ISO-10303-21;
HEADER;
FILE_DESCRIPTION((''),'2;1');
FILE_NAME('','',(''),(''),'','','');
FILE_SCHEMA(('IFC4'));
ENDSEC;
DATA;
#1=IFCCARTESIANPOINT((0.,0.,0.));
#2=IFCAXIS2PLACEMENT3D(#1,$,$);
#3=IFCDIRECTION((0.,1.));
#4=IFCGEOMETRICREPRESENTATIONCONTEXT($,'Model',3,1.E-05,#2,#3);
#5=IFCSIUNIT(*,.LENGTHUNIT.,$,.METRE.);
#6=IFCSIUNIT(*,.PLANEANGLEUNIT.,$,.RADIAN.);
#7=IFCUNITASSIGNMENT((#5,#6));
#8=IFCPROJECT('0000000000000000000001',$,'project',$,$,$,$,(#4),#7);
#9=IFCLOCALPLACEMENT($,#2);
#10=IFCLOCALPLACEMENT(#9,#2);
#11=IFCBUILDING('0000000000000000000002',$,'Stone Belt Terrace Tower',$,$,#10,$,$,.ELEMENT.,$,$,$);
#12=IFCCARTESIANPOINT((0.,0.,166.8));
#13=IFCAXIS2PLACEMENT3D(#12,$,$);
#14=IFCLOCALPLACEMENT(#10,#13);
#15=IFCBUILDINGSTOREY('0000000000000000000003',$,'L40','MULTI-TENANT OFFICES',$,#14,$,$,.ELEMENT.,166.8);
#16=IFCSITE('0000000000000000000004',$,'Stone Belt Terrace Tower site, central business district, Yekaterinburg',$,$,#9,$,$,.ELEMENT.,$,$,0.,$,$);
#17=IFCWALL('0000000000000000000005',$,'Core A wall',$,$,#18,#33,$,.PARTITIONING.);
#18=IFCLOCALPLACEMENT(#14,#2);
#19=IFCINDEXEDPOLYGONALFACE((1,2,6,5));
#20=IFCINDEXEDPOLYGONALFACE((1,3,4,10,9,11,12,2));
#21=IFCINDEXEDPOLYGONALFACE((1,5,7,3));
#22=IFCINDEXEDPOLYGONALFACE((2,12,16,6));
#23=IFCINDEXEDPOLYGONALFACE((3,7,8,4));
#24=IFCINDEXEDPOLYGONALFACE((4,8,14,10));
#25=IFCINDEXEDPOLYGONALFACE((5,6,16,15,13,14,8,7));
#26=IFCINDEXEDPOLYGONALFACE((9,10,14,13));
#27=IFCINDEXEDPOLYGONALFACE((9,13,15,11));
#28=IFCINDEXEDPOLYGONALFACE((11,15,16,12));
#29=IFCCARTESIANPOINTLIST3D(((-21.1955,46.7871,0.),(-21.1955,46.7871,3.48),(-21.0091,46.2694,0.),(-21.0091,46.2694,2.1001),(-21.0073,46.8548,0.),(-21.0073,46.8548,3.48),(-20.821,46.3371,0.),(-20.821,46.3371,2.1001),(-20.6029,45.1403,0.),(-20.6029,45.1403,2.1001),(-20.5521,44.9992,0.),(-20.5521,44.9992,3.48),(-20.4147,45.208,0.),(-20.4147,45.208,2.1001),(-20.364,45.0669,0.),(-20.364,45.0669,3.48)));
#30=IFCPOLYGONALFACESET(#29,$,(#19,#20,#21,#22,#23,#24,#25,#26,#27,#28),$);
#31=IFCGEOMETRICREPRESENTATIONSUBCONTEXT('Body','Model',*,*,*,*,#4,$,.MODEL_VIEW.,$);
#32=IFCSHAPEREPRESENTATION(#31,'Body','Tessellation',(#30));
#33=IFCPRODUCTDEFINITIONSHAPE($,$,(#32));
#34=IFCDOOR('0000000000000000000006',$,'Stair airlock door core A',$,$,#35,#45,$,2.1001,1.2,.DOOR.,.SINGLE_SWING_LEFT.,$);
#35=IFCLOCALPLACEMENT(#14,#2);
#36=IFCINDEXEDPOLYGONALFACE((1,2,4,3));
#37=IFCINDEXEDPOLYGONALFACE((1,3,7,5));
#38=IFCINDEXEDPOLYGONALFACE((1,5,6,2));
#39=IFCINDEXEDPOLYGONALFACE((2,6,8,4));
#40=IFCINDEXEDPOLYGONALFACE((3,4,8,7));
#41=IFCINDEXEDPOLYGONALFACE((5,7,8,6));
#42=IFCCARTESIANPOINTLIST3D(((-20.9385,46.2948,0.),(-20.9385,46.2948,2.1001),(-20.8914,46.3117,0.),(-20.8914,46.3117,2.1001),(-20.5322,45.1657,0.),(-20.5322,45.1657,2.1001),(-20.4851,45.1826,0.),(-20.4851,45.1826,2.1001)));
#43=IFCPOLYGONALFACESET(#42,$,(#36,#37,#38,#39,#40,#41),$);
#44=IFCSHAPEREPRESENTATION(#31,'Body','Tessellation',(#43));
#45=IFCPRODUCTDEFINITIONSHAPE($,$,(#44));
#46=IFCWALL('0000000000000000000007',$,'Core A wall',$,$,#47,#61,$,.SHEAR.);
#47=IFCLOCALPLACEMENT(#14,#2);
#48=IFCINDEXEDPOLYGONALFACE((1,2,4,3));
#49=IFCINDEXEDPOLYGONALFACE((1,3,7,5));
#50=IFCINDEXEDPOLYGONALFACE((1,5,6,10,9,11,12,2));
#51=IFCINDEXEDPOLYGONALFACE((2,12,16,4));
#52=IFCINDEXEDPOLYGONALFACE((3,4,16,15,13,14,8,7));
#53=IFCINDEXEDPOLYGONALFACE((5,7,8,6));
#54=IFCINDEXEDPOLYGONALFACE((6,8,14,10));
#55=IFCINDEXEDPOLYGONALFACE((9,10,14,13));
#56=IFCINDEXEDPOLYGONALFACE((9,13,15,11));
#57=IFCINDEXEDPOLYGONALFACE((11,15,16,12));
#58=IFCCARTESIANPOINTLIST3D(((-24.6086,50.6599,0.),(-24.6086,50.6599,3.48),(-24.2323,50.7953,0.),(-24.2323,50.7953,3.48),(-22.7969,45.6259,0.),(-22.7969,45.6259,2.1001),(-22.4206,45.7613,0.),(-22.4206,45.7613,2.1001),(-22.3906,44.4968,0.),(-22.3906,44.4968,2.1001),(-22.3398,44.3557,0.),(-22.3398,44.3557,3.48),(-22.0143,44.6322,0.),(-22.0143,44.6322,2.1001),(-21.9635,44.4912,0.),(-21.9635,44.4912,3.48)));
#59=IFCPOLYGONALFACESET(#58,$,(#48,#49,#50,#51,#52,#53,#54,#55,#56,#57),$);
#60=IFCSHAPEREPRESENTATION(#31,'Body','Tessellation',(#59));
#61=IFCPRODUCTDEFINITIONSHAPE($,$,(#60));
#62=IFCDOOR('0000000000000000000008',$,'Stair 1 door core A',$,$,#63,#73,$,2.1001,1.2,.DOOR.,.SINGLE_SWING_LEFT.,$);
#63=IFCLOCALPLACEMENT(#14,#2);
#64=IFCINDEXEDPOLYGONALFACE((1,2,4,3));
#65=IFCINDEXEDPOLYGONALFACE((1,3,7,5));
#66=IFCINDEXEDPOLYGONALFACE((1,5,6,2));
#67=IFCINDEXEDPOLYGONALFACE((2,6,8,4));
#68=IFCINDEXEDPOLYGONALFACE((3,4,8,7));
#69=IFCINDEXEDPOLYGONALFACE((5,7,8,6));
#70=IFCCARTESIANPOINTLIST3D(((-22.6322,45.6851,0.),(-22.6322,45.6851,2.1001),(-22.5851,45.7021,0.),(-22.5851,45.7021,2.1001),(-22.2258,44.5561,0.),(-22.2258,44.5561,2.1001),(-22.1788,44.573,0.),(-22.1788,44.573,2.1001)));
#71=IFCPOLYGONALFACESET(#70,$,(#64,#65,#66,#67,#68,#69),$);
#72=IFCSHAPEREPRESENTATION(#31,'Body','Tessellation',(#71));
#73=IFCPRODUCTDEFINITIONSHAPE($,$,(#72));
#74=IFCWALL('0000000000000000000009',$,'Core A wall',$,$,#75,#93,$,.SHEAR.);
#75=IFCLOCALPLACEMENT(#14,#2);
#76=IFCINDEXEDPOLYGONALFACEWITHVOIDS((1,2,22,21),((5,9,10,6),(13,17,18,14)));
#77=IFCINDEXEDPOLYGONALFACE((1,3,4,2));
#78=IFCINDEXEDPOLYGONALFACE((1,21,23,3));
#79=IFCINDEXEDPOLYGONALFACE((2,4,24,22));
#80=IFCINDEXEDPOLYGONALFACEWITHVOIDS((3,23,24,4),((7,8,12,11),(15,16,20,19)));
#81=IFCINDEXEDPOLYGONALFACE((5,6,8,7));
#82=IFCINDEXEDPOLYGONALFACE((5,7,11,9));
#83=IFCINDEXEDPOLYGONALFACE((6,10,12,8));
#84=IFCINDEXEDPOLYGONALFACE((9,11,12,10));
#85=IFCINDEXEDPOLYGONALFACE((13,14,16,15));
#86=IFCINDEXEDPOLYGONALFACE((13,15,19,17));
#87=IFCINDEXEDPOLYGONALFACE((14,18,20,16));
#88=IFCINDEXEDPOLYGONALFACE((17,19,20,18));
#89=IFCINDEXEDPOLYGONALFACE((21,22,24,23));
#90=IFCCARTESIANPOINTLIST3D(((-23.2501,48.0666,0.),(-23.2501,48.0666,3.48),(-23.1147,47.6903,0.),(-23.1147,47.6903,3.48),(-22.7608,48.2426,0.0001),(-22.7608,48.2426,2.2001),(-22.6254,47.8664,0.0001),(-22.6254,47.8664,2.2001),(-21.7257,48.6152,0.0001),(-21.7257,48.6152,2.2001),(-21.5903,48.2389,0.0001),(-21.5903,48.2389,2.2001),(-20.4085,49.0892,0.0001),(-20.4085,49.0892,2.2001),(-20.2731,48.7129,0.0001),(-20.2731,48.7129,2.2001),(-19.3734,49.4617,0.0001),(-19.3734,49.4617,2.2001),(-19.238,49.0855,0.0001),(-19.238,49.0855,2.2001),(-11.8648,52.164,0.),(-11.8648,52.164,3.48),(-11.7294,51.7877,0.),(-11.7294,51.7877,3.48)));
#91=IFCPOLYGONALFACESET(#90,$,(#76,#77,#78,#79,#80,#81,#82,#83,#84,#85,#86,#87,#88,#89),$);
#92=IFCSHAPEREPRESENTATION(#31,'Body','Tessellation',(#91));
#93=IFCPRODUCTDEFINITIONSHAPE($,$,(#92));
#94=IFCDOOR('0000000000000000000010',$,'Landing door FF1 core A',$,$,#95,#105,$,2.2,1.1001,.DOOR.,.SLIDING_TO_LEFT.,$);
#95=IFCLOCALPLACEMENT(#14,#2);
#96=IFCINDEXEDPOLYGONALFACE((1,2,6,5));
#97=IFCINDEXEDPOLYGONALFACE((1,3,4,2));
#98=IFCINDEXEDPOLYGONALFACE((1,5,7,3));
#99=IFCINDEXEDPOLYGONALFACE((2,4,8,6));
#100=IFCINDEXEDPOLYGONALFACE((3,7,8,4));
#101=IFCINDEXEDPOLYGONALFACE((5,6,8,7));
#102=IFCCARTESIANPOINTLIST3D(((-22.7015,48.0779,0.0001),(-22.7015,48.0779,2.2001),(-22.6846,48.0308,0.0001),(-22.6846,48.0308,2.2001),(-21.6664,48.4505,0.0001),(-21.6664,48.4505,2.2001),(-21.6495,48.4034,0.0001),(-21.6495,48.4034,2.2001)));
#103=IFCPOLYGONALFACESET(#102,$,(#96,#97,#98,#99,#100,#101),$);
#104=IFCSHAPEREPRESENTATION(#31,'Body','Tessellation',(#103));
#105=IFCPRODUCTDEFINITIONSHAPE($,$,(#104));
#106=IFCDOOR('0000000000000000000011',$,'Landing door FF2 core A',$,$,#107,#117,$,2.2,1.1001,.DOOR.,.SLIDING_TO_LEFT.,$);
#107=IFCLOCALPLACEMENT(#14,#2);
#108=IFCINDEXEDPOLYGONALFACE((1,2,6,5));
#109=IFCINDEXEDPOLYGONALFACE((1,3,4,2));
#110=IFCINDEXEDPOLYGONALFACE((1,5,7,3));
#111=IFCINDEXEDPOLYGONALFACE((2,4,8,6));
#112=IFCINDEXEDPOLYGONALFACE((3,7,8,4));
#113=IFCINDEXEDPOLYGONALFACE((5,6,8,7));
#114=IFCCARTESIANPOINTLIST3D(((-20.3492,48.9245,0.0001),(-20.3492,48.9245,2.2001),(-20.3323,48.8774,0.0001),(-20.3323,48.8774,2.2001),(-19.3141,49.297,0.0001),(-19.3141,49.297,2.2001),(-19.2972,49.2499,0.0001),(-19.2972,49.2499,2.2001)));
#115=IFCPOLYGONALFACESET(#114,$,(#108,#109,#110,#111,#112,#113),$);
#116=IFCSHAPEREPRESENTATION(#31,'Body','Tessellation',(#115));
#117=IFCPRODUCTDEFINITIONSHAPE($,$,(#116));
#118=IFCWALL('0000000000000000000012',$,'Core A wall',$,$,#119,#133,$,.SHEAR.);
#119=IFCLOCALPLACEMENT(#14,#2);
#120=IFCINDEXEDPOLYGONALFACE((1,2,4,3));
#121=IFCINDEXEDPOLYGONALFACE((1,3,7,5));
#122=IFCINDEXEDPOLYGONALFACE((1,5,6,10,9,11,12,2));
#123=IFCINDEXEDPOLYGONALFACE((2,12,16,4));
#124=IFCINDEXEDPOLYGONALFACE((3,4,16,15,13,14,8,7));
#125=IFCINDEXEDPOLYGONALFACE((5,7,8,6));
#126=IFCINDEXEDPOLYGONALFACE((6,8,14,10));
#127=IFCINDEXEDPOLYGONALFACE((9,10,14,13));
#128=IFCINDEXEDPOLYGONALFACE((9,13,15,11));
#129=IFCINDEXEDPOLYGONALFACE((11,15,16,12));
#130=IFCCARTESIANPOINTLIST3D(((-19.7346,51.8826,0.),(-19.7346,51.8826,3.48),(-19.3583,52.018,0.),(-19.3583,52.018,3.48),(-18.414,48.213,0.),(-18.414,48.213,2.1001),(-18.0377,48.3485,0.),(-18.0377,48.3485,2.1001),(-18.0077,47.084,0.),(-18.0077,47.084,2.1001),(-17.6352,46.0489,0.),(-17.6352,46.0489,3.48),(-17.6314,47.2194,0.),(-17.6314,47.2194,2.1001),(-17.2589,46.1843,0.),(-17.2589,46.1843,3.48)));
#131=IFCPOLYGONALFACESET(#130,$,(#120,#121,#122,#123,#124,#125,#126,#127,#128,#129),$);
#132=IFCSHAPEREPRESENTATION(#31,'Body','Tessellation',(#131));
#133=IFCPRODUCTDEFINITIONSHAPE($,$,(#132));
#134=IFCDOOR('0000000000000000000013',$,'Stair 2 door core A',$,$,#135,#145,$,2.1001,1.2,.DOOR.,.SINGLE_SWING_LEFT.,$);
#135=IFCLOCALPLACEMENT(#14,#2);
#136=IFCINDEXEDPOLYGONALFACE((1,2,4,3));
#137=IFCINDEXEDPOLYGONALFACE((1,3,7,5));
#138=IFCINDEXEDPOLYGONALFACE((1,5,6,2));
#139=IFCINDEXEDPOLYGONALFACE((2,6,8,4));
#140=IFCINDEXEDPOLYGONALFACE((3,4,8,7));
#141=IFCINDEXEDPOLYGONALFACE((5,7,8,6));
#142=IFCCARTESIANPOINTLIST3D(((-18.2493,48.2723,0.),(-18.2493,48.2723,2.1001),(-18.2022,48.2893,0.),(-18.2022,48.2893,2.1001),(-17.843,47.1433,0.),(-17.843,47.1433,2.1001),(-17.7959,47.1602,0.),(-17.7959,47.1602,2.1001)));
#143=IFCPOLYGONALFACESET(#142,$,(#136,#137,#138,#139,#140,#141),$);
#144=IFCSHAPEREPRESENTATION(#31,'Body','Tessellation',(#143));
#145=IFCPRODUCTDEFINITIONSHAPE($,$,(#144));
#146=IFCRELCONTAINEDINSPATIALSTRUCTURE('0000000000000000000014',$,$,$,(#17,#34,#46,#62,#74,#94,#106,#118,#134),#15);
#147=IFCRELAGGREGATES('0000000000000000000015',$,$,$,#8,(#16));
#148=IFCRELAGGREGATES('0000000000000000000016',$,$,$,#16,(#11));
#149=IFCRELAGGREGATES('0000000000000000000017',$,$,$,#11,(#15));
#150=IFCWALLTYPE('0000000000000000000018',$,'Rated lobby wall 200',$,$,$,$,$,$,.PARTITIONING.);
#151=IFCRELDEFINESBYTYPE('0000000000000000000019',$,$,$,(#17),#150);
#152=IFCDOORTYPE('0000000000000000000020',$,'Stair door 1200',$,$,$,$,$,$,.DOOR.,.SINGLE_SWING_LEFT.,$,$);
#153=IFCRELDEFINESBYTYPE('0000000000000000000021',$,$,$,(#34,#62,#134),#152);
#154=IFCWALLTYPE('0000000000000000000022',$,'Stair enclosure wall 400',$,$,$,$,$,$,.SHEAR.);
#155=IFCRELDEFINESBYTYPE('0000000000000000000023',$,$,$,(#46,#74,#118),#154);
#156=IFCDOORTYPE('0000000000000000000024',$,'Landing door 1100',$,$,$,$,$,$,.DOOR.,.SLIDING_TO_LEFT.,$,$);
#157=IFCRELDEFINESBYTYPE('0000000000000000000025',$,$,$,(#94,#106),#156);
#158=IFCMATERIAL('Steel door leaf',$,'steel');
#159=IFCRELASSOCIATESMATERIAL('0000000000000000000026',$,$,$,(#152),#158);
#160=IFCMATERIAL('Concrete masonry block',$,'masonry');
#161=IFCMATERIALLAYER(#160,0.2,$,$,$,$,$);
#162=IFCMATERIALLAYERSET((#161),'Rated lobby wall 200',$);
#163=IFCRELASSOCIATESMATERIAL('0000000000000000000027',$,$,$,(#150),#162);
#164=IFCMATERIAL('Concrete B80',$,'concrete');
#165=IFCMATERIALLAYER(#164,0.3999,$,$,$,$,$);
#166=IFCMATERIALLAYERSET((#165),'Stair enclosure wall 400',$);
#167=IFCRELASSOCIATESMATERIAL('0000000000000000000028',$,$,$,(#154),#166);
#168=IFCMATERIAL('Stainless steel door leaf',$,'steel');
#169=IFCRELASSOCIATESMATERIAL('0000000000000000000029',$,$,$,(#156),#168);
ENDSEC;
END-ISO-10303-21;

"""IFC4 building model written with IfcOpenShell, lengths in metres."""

from ifc_helpers import new_model, si_unit, direction, frame, frame_2d, origin, place, context, subcontext, project, spatial, rectangle, extrude, material, layer, layer_set, type_object, element, fill, save


model = new_model("IFC4")

# Units and contexts
model_context = context("Model", 3, precision=1e-05, world=origin(), true_north=direction((0.0, 1.0)))
body_context = subcontext(model_context, "Body", "Model", "MODEL_VIEW")
ifc_project = project(units=[si_unit("LENGTHUNIT", "METRE"), si_unit("PLANEANGLEUNIT", "RADIAN")], contexts=[model_context])

# Site, building, storey
site_placement = place(None, origin())
site = spatial("IfcSite", under=ifc_project, at=site_placement, Name="Stone Belt Terrace Tower site, central business district, Yekaterinburg", CompositionType="ELEMENT", RefElevation=0.0)
building_placement = place(site_placement, origin())
building = spatial("IfcBuilding", under=site, at=building_placement, Name="Stone Belt Terrace Tower", CompositionType="ELEMENT")
storey_placement = place(building_placement, frame((0.0, 0.0, 166.8)))
storey = spatial("IfcBuildingStorey", under=building, at=storey_placement, Name="L40", Description="MULTI-TENANT OFFICES", CompositionType="ELEMENT", Elevation=166.8)

# Shared definitions
ifc_material_1 = material(Name="Concrete B80", Category="concrete")
ifc_material_2 = material(Name="Steel door leaf", Category="steel")
door_type_1 = type_object("IfcDoorType", Name="Stair door 1200", OperationType="SINGLE_SWING_LEFT", PredefinedType="DOOR", material=ifc_material_2)

# Shared definitions
ifc_material_3 = material(Name="Concrete masonry block", Category="masonry")
ifc_layer_1 = layer(ifc_material_3, 0.2)
ifc_layer_set_1 = layer_set([ifc_layer_1], Name="Rated lobby wall 200")
wall_type_1 = type_object("IfcWallType", Name="Rated lobby wall 200", PredefinedType="PARTITIONING", material=ifc_layer_set_1)

# Walls, openings, doors
wall_1_placement = place(storey_placement, frame((-20.458, 45.033, 0.0), z_axis=(0.0, 0.0, 1.0), x_axis=(-0.338574, 0.94094, 0.0)))
wall_1 = element("IfcWall", 1, at=wall_1_placement, inside=storey, type_object=wall_type_1, Name="Core A wall", PredefinedType="PARTITIONING", context=body_context, shape_type="SweptSolid", body=[
    extrude(rectangle(XDim=1.9001, YDim=0.2, at=frame_2d((0.9502, 0.0))), origin(), (0.0, 0.0, 1.0), 3.48),
])
opening_1_placement = place(wall_1_placement, frame((0.1499, 0.0, 0.0)))
opening_1 = element("IfcOpeningElement", 2, at=opening_1_placement, cuts=wall_1, PredefinedType="OPENING", context=body_context, shape_type="SweptSolid", body=[
    extrude(rectangle(XDim=1.2, YDim=2.1001, at=frame_2d((0.6001, 1.05))), frame((0.0, 0.1099, 0.0), z_axis=(0.0, -1.0, 0.0), x_axis=(1.0, 0.0, 0.0)), (0.0, 0.0, 1.0), 0.22),
])
door_1_placement = place(opening_1_placement, origin())
door_1 = element("IfcDoor", 3, at=door_1_placement, inside=storey, type_object=door_type_1, Name="Stair airlock door core A", OperationType="SINGLE_SWING_LEFT", OverallHeight=2.1001, OverallWidth=1.2, PredefinedType="DOOR", context=body_context, shape_type="SweptSolid", body=[
    extrude(rectangle(XDim=1.2, YDim=2.1001, at=frame_2d((0.6001, 1.05))), frame((0.0, 0.0249, 0.0), z_axis=(0.0, -1.0, 0.0), x_axis=(1.0, 0.0, 0.0)), (0.0, 0.0, 1.0), 0.05),
])
fill(opening_1, door_1)
ifc_layer_2 = layer(ifc_material_1, 0.3999)
ifc_layer_set_2 = layer_set([ifc_layer_2], Name="Stair enclosure wall 400")
wall_type_2 = type_object("IfcWallType", Name="Stair enclosure wall 400", PredefinedType="SHEAR", material=ifc_layer_set_2)
wall_2_placement = place(storey_placement, frame((-22.1516, 44.4233, 0.0), z_axis=(0.0, 0.0, 1.0), x_axis=(-0.338625, 0.940921, 0.0)))
wall_2 = element("IfcWall", 4, at=wall_2_placement, inside=storey, type_object=wall_type_2, Name="Core A wall", PredefinedType="SHEAR", context=body_context, shape_type="SweptSolid", body=[
    extrude(rectangle(XDim=6.7, YDim=0.3999, at=frame_2d((3.3501, 0.0))), origin(), (0.0, 0.0, 1.0), 3.48),
])
opening_2_placement = place(wall_2_placement, frame((0.1499, 0.0, 0.0)))
opening_2 = element("IfcOpeningElement", 5, at=opening_2_placement, cuts=wall_2, PredefinedType="OPENING", context=body_context, shape_type="SweptSolid", body=[
    extrude(rectangle(XDim=1.2, YDim=2.1001, at=frame_2d((0.6001, 1.05))), frame((0.0, 0.21, 0.0), z_axis=(0.0, -1.0, 0.0), x_axis=(1.0, 0.0, 0.0)), (0.0, 0.0, 1.0), 0.4199),
])
door_2_placement = place(opening_2_placement, origin())
door_2 = element("IfcDoor", 6, at=door_2_placement, inside=storey, type_object=door_type_1, Name="Stair 1 door core A", OperationType="SINGLE_SWING_LEFT", OverallHeight=2.1001, OverallWidth=1.2, PredefinedType="DOOR", context=body_context, shape_type="SweptSolid", body=[
    extrude(rectangle(XDim=1.2, YDim=2.1001, at=frame_2d((0.6001, 1.05))), frame((0.0, 0.0249, 0.0), z_axis=(0.0, -1.0, 0.0), x_axis=(1.0, 0.0, 0.0)), (0.0, 0.0, 1.0), 0.05),
])
fill(opening_2, door_2)

# Wall, openings, doors
wall_3_placement = place(storey_placement, frame((-23.1824, 47.8784, 0.0), z_axis=(0.0, 0.0, 1.0), x_axis=(0.940921, 0.338626, 0.0)))
wall_3 = element("IfcWall", 7, at=wall_3_placement, inside=storey, type_object=wall_type_2, Name="Core A wall", PredefinedType="SHEAR", context=body_context, shape_type="SweptSolid", body=[
    extrude(rectangle(XDim=12.1001, YDim=0.3999, at=frame_2d((6.05, 0.0))), origin(), (0.0, 0.0, 1.0), 3.48),
])
opening_3_placement = place(wall_3_placement, frame((0.52, 0.0, 0.0)))
opening_3 = element("IfcOpeningElement", 8, at=opening_3_placement, cuts=wall_3, PredefinedType="OPENING", context=body_context, shape_type="SweptSolid", body=[
    extrude(rectangle(XDim=1.1001, YDim=2.2, at=frame_2d((0.55, 1.1001))), frame((0.0, 0.21, 0.0), z_axis=(0.0, -1.0, 0.0), x_axis=(1.0, 0.0, 0.0)), (0.0, 0.0, 1.0), 0.4199),
])
opening_4_placement = place(wall_3_placement, frame((3.02, 0.0, 0.0)))
opening_4 = element("IfcOpeningElement", 9, at=opening_4_placement, cuts=wall_3, PredefinedType="OPENING", context=body_context, shape_type="SweptSolid", body=[
    extrude(rectangle(XDim=1.1001, YDim=2.2, at=frame_2d((0.55, 1.1001))), frame((0.0, 0.21, 0.0), z_axis=(0.0, -1.0, 0.0), x_axis=(1.0, 0.0, 0.0)), (0.0, 0.0, 1.0), 0.4199),
])
ifc_material_4 = material(Name="Stainless steel door leaf", Category="steel")
door_type_2 = type_object("IfcDoorType", Name="Landing door 1100", OperationType="SLIDING_TO_LEFT", PredefinedType="DOOR", material=ifc_material_4)
door_3_placement = place(opening_3_placement, origin())
door_3 = element("IfcDoor", 10, at=door_3_placement, inside=storey, type_object=door_type_2, Name="Landing door FF1 core A", OperationType="SLIDING_TO_LEFT", OverallHeight=2.2, OverallWidth=1.1001, PredefinedType="DOOR", context=body_context, shape_type="SweptSolid", body=[
    extrude(rectangle(XDim=1.1001, YDim=2.2, at=frame_2d((0.55, 1.1001))), frame((0.0, 0.0249, 0.0), z_axis=(0.0, -1.0, 0.0), x_axis=(1.0, 0.0, 0.0)), (0.0, 0.0, 1.0), 0.05),
])
fill(opening_3, door_3)
door_4_placement = place(opening_4_placement, origin())
door_4 = element("IfcDoor", 11, at=door_4_placement, inside=storey, type_object=door_type_2, Name="Landing door FF2 core A", OperationType="SLIDING_TO_LEFT", OverallHeight=2.2, OverallWidth=1.1001, PredefinedType="DOOR", context=body_context, shape_type="SweptSolid", body=[
    extrude(rectangle(XDim=1.1001, YDim=2.2, at=frame_2d((0.55, 1.1001))), frame((0.0, 0.0249, 0.0), z_axis=(0.0, -1.0, 0.0), x_axis=(1.0, 0.0, 0.0)), (0.0, 0.0, 1.0), 0.05),
])
fill(opening_4, door_4)

# Wall, opening, door
wall_4_placement = place(storey_placement, frame((-17.447, 46.1165, 0.0), z_axis=(0.0, 0.0, 1.0), x_axis=(-0.338608, 0.940928, 0.0)))
wall_4 = element("IfcWall", 12, at=wall_4_placement, inside=storey, type_object=wall_type_2, Name="Core A wall", PredefinedType="SHEAR", context=body_context, shape_type="SweptSolid", body=[
    extrude(rectangle(XDim=6.2, YDim=0.3999, at=frame_2d((3.1001, 0.0))), origin(), (0.0, 0.0, 1.0), 3.48),
])
opening_5_placement = place(wall_4_placement, frame((1.1001, 0.0, 0.0)))
opening_5 = element("IfcOpeningElement", 13, at=opening_5_placement, cuts=wall_4, PredefinedType="OPENING", context=body_context, shape_type="SweptSolid", body=[
    extrude(rectangle(XDim=1.2, YDim=2.1001, at=frame_2d((0.6001, 1.05))), frame((0.0, 0.21, 0.0), z_axis=(0.0, -1.0, 0.0), x_axis=(1.0, 0.0, 0.0)), (0.0, 0.0, 1.0), 0.4199),
])
door_5_placement = place(opening_5_placement, origin())
door_5 = element("IfcDoor", 14, at=door_5_placement, inside=storey, type_object=door_type_1, Name="Stair 2 door core A", OperationType="SINGLE_SWING_LEFT", OverallHeight=2.1001, OverallWidth=1.2, PredefinedType="DOOR", context=body_context, shape_type="SweptSolid", body=[
    extrude(rectangle(XDim=1.2, YDim=2.1001, at=frame_2d((0.6001, 1.05))), frame((0.0, 0.0249, 0.0), z_axis=(0.0, -1.0, 0.0), x_axis=(1.0, 0.0, 0.0)), (0.0, 0.0, 1.0), 0.05),
])
fill(opening_5, door_5)

save(model, "model.ifc")
